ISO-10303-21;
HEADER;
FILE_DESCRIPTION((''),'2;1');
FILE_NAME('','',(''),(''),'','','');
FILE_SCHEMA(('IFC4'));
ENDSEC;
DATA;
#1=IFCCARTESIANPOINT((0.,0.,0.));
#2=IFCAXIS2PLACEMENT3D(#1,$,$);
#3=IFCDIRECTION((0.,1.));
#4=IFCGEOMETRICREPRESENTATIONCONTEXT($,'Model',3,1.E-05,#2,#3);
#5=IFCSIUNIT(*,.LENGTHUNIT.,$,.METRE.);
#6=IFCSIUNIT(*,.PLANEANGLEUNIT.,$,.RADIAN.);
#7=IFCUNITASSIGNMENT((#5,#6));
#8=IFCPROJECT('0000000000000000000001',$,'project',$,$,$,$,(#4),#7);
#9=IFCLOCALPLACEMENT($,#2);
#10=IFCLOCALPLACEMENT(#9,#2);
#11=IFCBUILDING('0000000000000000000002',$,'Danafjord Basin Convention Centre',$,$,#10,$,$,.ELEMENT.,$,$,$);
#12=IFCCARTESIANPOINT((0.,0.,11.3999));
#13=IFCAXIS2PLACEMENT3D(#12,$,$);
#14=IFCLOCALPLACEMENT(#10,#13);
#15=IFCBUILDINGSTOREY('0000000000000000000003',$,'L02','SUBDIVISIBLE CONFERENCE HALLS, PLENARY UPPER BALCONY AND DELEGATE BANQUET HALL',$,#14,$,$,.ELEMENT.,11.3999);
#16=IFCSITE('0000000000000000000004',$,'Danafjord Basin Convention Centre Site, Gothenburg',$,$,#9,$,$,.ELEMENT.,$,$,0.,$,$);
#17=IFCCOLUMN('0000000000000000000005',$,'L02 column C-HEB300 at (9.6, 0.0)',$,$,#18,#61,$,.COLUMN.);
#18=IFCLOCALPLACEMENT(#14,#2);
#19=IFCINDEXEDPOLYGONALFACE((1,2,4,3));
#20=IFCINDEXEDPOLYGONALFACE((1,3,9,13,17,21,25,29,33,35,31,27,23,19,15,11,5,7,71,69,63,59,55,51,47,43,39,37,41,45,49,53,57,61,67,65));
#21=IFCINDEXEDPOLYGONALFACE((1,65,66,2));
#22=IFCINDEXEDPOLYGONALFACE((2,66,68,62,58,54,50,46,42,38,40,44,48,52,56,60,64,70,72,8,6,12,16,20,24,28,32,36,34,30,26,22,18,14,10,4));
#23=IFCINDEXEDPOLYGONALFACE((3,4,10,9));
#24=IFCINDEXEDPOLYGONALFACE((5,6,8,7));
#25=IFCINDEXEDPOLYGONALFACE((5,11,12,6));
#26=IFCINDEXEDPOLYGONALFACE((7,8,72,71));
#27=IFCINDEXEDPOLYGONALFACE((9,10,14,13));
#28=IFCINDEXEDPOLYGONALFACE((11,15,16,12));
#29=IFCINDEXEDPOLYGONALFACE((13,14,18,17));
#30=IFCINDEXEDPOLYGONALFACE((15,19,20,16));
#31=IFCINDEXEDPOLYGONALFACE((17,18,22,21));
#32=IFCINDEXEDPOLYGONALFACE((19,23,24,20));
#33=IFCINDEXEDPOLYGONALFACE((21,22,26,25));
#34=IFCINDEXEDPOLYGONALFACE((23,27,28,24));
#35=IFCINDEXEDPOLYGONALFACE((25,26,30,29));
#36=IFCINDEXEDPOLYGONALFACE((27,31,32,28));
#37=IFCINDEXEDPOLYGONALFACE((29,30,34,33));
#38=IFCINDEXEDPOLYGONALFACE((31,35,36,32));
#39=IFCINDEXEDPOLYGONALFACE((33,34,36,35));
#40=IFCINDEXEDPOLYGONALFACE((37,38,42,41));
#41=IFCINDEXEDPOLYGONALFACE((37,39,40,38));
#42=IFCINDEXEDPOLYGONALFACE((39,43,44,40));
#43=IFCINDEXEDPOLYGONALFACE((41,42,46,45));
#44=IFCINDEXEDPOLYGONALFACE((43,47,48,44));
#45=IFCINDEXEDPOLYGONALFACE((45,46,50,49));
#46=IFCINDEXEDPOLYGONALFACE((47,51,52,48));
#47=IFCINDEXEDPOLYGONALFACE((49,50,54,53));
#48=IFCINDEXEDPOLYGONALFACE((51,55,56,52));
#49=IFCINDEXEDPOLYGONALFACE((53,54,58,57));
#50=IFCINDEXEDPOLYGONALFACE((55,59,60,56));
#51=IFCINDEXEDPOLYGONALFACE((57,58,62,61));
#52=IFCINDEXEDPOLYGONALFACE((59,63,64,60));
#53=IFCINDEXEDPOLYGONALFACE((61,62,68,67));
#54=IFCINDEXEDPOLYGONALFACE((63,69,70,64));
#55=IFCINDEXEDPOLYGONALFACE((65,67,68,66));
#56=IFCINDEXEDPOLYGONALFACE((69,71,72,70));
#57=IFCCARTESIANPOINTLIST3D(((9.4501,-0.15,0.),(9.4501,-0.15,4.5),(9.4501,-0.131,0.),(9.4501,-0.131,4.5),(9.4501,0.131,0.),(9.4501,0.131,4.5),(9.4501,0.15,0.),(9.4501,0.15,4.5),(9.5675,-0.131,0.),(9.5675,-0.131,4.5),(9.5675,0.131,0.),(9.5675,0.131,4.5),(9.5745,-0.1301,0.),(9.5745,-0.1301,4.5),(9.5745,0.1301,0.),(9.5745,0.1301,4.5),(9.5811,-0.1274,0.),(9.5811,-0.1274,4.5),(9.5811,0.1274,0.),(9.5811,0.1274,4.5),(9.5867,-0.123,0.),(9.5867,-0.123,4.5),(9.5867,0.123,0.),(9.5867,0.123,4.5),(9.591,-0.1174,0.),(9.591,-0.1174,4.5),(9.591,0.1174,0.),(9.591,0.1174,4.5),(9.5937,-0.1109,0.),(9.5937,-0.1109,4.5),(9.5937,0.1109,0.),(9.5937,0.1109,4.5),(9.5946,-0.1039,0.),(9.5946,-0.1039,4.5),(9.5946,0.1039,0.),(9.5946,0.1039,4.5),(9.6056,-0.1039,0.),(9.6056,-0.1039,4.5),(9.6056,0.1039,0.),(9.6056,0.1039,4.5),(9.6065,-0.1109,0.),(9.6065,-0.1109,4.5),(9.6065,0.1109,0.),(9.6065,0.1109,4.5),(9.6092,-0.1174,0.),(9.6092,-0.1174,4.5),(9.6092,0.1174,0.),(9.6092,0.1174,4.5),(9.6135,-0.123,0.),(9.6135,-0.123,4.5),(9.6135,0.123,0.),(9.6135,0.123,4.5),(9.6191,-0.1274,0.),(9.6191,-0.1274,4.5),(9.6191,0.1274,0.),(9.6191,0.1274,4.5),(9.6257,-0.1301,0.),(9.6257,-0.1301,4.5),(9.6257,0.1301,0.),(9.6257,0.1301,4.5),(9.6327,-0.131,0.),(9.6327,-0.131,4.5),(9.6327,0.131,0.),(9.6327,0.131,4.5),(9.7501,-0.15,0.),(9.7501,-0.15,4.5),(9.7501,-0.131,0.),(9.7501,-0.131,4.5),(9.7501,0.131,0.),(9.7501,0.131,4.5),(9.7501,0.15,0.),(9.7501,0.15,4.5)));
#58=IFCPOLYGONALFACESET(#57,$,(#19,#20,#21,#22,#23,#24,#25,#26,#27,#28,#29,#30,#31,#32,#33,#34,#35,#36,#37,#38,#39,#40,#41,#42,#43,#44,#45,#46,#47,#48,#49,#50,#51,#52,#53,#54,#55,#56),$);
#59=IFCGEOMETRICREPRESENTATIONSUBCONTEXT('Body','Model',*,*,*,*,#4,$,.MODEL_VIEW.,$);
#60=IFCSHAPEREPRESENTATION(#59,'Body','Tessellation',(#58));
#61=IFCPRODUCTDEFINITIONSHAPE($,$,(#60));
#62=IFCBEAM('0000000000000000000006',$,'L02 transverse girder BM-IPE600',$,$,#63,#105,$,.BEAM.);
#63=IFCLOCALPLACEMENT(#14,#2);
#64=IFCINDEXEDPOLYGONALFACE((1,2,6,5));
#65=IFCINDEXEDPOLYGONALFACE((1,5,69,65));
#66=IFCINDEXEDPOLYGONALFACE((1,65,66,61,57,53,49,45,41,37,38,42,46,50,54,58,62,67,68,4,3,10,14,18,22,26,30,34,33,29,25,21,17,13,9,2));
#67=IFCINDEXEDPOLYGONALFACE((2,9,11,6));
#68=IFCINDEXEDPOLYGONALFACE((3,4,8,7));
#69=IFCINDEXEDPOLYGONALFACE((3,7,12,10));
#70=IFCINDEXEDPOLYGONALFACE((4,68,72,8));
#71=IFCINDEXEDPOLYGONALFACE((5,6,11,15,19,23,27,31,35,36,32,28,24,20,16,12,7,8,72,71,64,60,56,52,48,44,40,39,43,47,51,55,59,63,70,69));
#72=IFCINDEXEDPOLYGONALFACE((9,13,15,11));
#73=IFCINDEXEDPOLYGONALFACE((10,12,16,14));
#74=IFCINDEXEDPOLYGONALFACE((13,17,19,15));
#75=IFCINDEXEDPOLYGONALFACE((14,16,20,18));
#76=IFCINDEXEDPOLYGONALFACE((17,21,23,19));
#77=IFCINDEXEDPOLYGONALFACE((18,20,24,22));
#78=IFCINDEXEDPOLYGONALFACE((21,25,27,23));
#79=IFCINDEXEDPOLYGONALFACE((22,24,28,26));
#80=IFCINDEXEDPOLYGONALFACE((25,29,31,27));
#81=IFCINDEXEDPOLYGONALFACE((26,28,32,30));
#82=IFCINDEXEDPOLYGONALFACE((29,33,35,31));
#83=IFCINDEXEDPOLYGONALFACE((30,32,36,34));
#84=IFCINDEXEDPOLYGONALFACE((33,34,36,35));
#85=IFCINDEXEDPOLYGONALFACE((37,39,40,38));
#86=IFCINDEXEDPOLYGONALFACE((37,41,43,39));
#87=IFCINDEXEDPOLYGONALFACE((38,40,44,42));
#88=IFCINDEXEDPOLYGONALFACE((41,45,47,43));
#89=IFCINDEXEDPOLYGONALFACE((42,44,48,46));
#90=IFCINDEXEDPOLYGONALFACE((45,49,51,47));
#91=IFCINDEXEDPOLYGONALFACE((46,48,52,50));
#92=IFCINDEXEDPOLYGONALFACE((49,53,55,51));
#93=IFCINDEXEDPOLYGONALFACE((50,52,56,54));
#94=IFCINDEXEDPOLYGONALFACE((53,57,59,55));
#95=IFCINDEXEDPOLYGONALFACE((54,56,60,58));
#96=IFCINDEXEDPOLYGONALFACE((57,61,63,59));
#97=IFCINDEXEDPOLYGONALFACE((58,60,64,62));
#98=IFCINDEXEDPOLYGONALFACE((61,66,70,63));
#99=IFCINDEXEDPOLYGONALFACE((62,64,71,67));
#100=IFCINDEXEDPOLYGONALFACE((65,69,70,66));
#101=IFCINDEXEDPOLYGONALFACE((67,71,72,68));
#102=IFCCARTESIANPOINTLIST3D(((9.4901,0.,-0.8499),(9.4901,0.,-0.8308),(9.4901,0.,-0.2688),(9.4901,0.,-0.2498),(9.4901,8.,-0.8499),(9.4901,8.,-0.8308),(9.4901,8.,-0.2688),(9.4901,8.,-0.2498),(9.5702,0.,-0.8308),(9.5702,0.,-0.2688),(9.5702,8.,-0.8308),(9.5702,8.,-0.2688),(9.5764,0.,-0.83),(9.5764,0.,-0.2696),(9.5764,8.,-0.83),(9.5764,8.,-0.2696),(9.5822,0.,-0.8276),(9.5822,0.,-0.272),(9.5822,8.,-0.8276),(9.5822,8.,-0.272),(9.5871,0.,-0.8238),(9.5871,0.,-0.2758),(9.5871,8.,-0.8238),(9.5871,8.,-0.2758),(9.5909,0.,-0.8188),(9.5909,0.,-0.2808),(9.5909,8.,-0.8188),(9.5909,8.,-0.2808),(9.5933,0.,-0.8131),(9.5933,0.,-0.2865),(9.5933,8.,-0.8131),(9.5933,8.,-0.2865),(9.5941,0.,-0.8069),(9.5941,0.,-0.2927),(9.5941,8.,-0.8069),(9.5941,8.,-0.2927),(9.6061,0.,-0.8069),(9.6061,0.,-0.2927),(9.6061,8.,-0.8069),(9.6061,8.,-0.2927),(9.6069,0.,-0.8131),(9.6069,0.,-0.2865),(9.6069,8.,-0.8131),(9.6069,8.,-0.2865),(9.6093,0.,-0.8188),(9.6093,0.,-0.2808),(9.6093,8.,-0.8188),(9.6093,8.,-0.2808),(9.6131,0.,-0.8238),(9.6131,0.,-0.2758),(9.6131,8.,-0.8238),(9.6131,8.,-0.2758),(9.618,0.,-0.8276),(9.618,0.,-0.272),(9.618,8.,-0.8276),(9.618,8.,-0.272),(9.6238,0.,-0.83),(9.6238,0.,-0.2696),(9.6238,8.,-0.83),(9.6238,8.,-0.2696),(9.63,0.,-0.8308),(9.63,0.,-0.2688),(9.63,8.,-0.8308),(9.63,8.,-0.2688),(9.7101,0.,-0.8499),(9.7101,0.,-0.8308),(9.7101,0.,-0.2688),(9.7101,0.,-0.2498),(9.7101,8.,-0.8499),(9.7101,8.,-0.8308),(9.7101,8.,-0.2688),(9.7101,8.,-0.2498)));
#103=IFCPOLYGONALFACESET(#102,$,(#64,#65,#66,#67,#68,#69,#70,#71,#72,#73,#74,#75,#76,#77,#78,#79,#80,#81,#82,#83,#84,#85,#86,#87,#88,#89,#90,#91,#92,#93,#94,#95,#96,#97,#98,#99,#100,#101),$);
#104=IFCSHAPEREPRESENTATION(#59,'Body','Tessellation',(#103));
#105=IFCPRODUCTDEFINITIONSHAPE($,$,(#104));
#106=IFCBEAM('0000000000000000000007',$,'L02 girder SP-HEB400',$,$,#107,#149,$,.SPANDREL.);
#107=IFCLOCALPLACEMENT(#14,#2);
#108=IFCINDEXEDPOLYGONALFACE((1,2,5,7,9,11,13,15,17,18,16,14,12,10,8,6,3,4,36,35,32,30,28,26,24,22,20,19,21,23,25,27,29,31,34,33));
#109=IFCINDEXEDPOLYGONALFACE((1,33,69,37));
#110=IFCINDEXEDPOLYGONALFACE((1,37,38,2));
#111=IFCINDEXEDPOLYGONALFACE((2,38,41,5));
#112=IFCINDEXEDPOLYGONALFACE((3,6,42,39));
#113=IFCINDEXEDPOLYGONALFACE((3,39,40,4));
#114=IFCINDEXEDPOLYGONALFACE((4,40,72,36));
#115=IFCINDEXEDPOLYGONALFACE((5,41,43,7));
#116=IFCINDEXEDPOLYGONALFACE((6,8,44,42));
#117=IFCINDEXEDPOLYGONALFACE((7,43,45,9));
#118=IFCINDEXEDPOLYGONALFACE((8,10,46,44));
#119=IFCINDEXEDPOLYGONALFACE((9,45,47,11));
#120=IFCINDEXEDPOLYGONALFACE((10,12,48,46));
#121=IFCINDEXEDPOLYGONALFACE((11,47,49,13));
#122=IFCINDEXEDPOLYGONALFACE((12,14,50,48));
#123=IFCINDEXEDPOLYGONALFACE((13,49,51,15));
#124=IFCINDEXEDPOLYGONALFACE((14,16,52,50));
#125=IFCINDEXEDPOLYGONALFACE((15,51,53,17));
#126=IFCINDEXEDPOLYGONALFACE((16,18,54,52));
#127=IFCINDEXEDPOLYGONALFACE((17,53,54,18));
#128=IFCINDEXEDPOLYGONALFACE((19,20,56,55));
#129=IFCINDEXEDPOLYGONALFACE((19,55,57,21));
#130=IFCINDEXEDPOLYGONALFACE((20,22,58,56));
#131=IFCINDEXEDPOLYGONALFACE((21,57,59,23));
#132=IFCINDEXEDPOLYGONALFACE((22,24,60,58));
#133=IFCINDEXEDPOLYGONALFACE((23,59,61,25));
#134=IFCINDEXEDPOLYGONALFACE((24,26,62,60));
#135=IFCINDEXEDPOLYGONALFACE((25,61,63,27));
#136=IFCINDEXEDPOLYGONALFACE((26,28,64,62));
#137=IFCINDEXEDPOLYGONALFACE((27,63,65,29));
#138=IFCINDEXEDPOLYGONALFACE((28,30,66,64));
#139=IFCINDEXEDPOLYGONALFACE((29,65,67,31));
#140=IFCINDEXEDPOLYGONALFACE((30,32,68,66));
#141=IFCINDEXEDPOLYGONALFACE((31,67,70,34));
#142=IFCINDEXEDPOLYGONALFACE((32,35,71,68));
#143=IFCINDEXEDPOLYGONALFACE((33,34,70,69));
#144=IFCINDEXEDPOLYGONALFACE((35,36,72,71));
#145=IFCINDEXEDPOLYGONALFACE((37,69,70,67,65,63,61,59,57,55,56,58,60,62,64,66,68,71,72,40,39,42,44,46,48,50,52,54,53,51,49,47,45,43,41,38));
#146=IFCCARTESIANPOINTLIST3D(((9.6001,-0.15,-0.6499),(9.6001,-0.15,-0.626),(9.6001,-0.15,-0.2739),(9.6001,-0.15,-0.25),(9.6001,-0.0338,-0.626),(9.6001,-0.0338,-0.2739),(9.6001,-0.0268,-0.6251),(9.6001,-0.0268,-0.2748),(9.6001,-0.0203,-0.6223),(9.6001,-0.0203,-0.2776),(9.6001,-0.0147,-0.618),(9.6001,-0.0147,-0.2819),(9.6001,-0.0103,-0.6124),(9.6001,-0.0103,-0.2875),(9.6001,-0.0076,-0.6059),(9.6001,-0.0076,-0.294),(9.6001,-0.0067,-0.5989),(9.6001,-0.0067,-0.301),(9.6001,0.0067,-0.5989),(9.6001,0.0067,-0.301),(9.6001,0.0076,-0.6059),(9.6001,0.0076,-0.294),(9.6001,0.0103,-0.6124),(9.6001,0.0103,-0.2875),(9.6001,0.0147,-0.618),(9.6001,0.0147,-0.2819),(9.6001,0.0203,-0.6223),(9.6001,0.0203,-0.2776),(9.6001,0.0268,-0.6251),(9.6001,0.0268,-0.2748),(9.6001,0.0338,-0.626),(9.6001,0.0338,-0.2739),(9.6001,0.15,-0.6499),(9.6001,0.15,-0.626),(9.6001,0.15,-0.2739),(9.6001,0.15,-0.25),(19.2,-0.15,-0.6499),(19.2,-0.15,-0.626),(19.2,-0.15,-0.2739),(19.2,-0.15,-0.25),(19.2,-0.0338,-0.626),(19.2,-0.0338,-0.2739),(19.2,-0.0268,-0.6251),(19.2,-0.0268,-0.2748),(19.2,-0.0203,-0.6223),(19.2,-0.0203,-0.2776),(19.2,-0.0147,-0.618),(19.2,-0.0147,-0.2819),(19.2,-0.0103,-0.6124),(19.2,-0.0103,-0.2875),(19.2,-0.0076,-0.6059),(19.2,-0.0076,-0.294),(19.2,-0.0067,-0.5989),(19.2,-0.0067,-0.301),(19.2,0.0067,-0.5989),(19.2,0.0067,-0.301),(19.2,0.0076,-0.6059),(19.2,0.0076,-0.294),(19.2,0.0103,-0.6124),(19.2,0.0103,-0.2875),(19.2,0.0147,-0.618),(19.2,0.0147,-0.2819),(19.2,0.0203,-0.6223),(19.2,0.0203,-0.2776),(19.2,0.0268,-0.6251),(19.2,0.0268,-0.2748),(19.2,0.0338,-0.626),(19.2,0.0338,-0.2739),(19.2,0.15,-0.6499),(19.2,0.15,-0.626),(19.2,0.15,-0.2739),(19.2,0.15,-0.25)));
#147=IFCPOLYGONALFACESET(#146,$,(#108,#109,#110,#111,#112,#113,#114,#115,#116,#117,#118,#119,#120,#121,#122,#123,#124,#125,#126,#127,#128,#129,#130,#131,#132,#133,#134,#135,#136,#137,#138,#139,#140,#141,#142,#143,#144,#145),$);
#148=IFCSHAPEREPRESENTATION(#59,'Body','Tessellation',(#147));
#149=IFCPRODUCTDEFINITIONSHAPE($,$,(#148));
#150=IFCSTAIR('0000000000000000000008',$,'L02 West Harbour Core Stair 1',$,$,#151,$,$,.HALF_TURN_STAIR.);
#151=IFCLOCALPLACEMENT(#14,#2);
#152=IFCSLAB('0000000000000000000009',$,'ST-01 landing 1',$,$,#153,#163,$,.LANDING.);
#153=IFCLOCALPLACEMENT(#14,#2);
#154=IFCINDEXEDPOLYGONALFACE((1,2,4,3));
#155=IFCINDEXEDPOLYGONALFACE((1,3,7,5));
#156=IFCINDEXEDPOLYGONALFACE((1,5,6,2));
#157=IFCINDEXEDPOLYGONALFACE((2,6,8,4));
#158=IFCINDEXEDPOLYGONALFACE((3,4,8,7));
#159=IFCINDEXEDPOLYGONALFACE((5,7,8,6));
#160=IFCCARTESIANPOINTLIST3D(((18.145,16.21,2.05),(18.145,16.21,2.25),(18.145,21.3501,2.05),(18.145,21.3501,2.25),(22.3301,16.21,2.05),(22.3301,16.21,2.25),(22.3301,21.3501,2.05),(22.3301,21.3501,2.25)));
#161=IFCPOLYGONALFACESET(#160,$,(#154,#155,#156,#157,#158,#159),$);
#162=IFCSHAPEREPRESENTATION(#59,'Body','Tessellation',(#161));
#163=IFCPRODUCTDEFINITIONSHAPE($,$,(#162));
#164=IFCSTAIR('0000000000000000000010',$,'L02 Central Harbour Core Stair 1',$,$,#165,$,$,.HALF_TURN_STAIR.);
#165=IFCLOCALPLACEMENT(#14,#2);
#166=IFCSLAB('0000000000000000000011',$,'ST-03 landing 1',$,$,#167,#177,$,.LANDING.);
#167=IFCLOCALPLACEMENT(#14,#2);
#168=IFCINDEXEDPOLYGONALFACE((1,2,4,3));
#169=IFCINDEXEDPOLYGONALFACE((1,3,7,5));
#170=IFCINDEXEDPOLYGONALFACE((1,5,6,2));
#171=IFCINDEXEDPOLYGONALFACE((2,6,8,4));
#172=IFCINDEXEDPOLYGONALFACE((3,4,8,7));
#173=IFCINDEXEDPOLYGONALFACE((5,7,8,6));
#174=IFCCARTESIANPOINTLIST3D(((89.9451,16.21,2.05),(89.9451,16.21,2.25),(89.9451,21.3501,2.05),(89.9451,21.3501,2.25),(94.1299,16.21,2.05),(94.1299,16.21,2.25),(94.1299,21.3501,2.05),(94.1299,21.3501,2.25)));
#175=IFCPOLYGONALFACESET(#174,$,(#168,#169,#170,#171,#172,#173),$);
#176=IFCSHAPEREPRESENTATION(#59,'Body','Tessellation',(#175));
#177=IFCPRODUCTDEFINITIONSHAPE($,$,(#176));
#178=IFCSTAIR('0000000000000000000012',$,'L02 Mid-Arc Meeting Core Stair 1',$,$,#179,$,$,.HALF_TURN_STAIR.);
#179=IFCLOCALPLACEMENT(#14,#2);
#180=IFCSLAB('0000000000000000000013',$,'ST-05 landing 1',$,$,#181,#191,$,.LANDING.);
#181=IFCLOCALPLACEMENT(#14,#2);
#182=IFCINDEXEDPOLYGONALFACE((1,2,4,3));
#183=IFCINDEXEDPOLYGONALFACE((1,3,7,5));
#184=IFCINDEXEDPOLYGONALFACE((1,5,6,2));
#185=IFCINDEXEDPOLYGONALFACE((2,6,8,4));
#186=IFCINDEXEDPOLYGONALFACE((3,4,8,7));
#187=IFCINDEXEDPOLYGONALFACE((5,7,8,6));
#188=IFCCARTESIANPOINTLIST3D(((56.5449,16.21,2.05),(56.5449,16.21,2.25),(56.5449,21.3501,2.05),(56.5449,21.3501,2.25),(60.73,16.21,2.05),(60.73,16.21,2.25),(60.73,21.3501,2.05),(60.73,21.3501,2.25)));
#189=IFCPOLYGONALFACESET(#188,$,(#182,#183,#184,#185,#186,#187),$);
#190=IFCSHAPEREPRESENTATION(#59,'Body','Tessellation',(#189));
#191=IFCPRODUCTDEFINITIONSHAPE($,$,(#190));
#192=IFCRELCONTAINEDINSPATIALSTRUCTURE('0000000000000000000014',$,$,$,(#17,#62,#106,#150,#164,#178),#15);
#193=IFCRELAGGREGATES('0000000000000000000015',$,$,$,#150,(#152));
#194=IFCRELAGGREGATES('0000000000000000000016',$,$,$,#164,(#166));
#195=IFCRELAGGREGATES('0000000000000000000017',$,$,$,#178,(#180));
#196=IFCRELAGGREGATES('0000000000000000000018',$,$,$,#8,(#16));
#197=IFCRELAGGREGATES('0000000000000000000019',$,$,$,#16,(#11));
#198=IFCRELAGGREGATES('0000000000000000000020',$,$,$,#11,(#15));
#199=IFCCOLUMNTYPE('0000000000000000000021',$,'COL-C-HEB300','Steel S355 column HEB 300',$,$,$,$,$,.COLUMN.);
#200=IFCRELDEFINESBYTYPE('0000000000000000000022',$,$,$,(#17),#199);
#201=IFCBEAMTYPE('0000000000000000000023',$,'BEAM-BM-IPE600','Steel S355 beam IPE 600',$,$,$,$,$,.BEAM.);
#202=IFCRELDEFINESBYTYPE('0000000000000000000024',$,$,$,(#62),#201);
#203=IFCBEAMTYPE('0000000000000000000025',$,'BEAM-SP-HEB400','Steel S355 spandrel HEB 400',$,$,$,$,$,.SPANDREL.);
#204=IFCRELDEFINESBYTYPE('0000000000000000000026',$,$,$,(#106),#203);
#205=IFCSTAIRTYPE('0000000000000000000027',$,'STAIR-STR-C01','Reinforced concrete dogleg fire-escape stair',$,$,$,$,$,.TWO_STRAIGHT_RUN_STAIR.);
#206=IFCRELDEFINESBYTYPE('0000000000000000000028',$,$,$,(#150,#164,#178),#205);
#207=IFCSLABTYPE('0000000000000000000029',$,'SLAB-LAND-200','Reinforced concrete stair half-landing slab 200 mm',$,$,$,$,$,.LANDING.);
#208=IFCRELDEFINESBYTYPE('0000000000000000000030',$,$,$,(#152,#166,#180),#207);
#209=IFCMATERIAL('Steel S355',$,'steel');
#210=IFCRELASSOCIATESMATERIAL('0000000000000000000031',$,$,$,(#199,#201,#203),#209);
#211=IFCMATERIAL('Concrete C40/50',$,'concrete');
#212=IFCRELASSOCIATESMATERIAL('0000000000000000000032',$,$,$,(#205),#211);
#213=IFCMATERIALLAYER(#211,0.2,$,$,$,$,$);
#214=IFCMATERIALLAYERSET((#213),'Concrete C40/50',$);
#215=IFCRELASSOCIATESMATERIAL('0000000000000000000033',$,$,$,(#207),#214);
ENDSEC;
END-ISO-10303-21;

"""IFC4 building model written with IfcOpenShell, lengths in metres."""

from ifc_helpers import new_model, si_unit, direction, frame, origin, origin_2d, place, context, subcontext, project, spatial, polyline, i_section, outline, extrude, material, layer, layer_set, material_profile, profile_set, type_object, element, aggregate, save


model = new_model("IFC4")

# Units and contexts
model_context = context("Model", 3, precision=1e-05, world=origin(), true_north=direction((0.0, 1.0)))
body_context = subcontext(model_context, "Body", "Model", "MODEL_VIEW")
ifc_project = project(units=[si_unit("LENGTHUNIT", "METRE"), si_unit("PLANEANGLEUNIT", "RADIAN")], contexts=[model_context])

# Site, building, storey
site_placement = place(None, origin())
site = spatial("IfcSite", under=ifc_project, at=site_placement, Name="Danafjord Basin Convention Centre Site, Gothenburg", CompositionType="ELEMENT", RefElevation=0.0)
building_placement = place(site_placement, origin())
building = spatial("IfcBuilding", under=site, at=building_placement, Name="Danafjord Basin Convention Centre", CompositionType="ELEMENT")
storey_placement = place(building_placement, frame((0.0, 0.0, 11.3999)))
storey = spatial("IfcBuildingStorey", under=building, at=storey_placement, Name="L02", Description="SUBDIVISIBLE CONFERENCE HALLS, PLENARY UPPER BALCONY AND DELEGATE BANQUET HALL", CompositionType="ELEMENT", Elevation=11.3999)

# Column
ifc_material_1 = material(Name="Steel S355", Category="steel")
ifc_material_profile_1 = material_profile(ifc_material_1, i_section(OverallWidth=0.3, OverallDepth=0.3, WebThickness=0.011, FlangeThickness=0.019, FilletRadius=0.0271, at=origin_2d()), Name="HEB 300")
ifc_profile_set_1 = profile_set([ifc_material_profile_1], Name="Steel S355")
column_type = type_object("IfcColumnType", Name="COL-C-HEB300", Description="Steel S355 column HEB 300", PredefinedType="COLUMN", material=ifc_profile_set_1)
column_placement = place(storey_placement, frame((9.6001, 0.0, 0.0), z_axis=(0.0, 0.0, 1.0), x_axis=(1.0, 0.0, 0.0)))
element("IfcColumn", 1, at=column_placement, inside=storey, type_object=column_type, Name="L02 column C-HEB300 at (9.6, 0.0)", PredefinedType="COLUMN", context=body_context, shape_type="SweptSolid", body=[
    extrude(i_section(OverallWidth=0.3, OverallDepth=0.3, WebThickness=0.011, FlangeThickness=0.019, FilletRadius=0.0271, at=origin_2d()), origin(), (0.0, 0.0, 1.0), 4.5),
])

# Beams
ifc_material_profile_2 = material_profile(ifc_material_1, i_section(OverallWidth=0.22, OverallDepth=0.6001, WebThickness=0.012, FlangeThickness=0.019, FilletRadius=0.0239, at=origin_2d()), Name="IPE 600")
ifc_profile_set_2 = profile_set([ifc_material_profile_2], Name="Steel S355")
beam_type_1 = type_object("IfcBeamType", Name="BEAM-BM-IPE600", Description="Steel S355 beam IPE 600", PredefinedType="BEAM", material=ifc_profile_set_2)
beam_1_placement = place(storey_placement, frame((9.6001, 0.0, -0.5498), z_axis=(0.0, 1.0, 0.0), x_axis=(-1.0, 0.0, 0.0)))
element("IfcBeam", 2, at=beam_1_placement, inside=storey, type_object=beam_type_1, Name="L02 transverse girder BM-IPE600", PredefinedType="BEAM", context=body_context, shape_type="SweptSolid", body=[
    extrude(i_section(OverallWidth=0.22, OverallDepth=0.6001, WebThickness=0.012, FlangeThickness=0.019, FilletRadius=0.0239, at=origin_2d()), origin(), (0.0, 0.0, 1.0), 8.0),
])
ifc_material_profile_3 = material_profile(ifc_material_1, i_section(OverallWidth=0.3, OverallDepth=0.3999, WebThickness=0.0134, FlangeThickness=0.0239, FilletRadius=0.0271, at=origin_2d()), Name="HEB 400")
ifc_profile_set_3 = profile_set([ifc_material_profile_3], Name="Steel S355")
beam_type_2 = type_object("IfcBeamType", Name="BEAM-SP-HEB400", Description="Steel S355 spandrel HEB 400", PredefinedType="SPANDREL", material=ifc_profile_set_3)
beam_2_placement = place(storey_placement, frame((9.6001, 0.0, -0.45), z_axis=(1.0, 0.0, 0.0), x_axis=(0.0, 1.0, 0.0)))
element("IfcBeam", 3, at=beam_2_placement, inside=storey, type_object=beam_type_2, Name="L02 girder SP-HEB400", PredefinedType="SPANDREL", context=body_context, shape_type="SweptSolid", body=[
    extrude(i_section(OverallWidth=0.3, OverallDepth=0.3999, WebThickness=0.0134, FlangeThickness=0.0239, FilletRadius=0.0271, at=origin_2d()), origin(), (0.0, 0.0, 1.0), 9.5999),
])

# Stairs, slabs
ifc_material_2 = material(Name="Concrete C40/50", Category="concrete")
stair_type = type_object("IfcStairType", Name="STAIR-STR-C01", Description="Reinforced concrete dogleg fire-escape stair", PredefinedType="TWO_STRAIGHT_RUN_STAIR", material=ifc_material_2)
stair_1_placement = place(storey_placement, origin())
stair_1 = element("IfcStair", 4, at=stair_1_placement, inside=storey, type_object=stair_type, Name="L02 West Harbour Core Stair 1", PredefinedType="HALF_TURN_STAIR")
ifc_layer_1 = layer(ifc_material_2, 0.2)
ifc_layer_set_1 = layer_set([ifc_layer_1], Name="Concrete C40/50")
slab_type = type_object("IfcSlabType", Name="SLAB-LAND-200", Description="Reinforced concrete stair half-landing slab 200 mm", PredefinedType="LANDING", material=ifc_layer_set_1)
slab_1_placement = place(storey_placement, frame((0.0, 0.0, 2.05)))
slab_1 = element("IfcSlab", 5, at=slab_1_placement, type_object=slab_type, Name="ST-01 landing 1", PredefinedType="LANDING", context=body_context, shape_type="SweptSolid", body=[
    extrude(outline(polyline([(18.145, 16.21), (22.3301, 16.21), (22.3301, 21.3501), (18.145, 21.3501), (18.145, 16.21)])), origin(), (0.0, 0.0, 1.0), 0.2),
])
aggregate(stair_1, [slab_1])
stair_2_placement = place(storey_placement, origin())
stair_2 = element("IfcStair", 6, at=stair_2_placement, inside=storey, type_object=stair_type, Name="L02 Central Harbour Core Stair 1", PredefinedType="HALF_TURN_STAIR")
slab_2_placement = place(storey_placement, frame((0.0, 0.0, 2.05)))
slab_2 = element("IfcSlab", 7, at=slab_2_placement, type_object=slab_type, Name="ST-03 landing 1", PredefinedType="LANDING", context=body_context, shape_type="SweptSolid", body=[
    extrude(outline(polyline([(89.9451, 16.21), (94.1299, 16.21), (94.1299, 21.3501), (89.9451, 21.3501), (89.9451, 16.21)])), origin(), (0.0, 0.0, 1.0), 0.2),
])
aggregate(stair_2, [slab_2])
stair_3_placement = place(storey_placement, origin())
stair_3 = element("IfcStair", 8, at=stair_3_placement, inside=storey, type_object=stair_type, Name="L02 Mid-Arc Meeting Core Stair 1", PredefinedType="HALF_TURN_STAIR")
slab_3_placement = place(storey_placement, frame((0.0, 0.0, 2.05)))
slab_3 = element("IfcSlab", 9, at=slab_3_placement, type_object=slab_type, Name="ST-05 landing 1", PredefinedType="LANDING", context=body_context, shape_type="SweptSolid", body=[
    extrude(outline(polyline([(56.5449, 16.21), (60.73, 16.21), (60.73, 21.3501), (56.5449, 21.3501), (56.5449, 16.21)])), origin(), (0.0, 0.0, 1.0), 0.2),
])
aggregate(stair_3, [slab_3])

save(model, "model.ifc")
